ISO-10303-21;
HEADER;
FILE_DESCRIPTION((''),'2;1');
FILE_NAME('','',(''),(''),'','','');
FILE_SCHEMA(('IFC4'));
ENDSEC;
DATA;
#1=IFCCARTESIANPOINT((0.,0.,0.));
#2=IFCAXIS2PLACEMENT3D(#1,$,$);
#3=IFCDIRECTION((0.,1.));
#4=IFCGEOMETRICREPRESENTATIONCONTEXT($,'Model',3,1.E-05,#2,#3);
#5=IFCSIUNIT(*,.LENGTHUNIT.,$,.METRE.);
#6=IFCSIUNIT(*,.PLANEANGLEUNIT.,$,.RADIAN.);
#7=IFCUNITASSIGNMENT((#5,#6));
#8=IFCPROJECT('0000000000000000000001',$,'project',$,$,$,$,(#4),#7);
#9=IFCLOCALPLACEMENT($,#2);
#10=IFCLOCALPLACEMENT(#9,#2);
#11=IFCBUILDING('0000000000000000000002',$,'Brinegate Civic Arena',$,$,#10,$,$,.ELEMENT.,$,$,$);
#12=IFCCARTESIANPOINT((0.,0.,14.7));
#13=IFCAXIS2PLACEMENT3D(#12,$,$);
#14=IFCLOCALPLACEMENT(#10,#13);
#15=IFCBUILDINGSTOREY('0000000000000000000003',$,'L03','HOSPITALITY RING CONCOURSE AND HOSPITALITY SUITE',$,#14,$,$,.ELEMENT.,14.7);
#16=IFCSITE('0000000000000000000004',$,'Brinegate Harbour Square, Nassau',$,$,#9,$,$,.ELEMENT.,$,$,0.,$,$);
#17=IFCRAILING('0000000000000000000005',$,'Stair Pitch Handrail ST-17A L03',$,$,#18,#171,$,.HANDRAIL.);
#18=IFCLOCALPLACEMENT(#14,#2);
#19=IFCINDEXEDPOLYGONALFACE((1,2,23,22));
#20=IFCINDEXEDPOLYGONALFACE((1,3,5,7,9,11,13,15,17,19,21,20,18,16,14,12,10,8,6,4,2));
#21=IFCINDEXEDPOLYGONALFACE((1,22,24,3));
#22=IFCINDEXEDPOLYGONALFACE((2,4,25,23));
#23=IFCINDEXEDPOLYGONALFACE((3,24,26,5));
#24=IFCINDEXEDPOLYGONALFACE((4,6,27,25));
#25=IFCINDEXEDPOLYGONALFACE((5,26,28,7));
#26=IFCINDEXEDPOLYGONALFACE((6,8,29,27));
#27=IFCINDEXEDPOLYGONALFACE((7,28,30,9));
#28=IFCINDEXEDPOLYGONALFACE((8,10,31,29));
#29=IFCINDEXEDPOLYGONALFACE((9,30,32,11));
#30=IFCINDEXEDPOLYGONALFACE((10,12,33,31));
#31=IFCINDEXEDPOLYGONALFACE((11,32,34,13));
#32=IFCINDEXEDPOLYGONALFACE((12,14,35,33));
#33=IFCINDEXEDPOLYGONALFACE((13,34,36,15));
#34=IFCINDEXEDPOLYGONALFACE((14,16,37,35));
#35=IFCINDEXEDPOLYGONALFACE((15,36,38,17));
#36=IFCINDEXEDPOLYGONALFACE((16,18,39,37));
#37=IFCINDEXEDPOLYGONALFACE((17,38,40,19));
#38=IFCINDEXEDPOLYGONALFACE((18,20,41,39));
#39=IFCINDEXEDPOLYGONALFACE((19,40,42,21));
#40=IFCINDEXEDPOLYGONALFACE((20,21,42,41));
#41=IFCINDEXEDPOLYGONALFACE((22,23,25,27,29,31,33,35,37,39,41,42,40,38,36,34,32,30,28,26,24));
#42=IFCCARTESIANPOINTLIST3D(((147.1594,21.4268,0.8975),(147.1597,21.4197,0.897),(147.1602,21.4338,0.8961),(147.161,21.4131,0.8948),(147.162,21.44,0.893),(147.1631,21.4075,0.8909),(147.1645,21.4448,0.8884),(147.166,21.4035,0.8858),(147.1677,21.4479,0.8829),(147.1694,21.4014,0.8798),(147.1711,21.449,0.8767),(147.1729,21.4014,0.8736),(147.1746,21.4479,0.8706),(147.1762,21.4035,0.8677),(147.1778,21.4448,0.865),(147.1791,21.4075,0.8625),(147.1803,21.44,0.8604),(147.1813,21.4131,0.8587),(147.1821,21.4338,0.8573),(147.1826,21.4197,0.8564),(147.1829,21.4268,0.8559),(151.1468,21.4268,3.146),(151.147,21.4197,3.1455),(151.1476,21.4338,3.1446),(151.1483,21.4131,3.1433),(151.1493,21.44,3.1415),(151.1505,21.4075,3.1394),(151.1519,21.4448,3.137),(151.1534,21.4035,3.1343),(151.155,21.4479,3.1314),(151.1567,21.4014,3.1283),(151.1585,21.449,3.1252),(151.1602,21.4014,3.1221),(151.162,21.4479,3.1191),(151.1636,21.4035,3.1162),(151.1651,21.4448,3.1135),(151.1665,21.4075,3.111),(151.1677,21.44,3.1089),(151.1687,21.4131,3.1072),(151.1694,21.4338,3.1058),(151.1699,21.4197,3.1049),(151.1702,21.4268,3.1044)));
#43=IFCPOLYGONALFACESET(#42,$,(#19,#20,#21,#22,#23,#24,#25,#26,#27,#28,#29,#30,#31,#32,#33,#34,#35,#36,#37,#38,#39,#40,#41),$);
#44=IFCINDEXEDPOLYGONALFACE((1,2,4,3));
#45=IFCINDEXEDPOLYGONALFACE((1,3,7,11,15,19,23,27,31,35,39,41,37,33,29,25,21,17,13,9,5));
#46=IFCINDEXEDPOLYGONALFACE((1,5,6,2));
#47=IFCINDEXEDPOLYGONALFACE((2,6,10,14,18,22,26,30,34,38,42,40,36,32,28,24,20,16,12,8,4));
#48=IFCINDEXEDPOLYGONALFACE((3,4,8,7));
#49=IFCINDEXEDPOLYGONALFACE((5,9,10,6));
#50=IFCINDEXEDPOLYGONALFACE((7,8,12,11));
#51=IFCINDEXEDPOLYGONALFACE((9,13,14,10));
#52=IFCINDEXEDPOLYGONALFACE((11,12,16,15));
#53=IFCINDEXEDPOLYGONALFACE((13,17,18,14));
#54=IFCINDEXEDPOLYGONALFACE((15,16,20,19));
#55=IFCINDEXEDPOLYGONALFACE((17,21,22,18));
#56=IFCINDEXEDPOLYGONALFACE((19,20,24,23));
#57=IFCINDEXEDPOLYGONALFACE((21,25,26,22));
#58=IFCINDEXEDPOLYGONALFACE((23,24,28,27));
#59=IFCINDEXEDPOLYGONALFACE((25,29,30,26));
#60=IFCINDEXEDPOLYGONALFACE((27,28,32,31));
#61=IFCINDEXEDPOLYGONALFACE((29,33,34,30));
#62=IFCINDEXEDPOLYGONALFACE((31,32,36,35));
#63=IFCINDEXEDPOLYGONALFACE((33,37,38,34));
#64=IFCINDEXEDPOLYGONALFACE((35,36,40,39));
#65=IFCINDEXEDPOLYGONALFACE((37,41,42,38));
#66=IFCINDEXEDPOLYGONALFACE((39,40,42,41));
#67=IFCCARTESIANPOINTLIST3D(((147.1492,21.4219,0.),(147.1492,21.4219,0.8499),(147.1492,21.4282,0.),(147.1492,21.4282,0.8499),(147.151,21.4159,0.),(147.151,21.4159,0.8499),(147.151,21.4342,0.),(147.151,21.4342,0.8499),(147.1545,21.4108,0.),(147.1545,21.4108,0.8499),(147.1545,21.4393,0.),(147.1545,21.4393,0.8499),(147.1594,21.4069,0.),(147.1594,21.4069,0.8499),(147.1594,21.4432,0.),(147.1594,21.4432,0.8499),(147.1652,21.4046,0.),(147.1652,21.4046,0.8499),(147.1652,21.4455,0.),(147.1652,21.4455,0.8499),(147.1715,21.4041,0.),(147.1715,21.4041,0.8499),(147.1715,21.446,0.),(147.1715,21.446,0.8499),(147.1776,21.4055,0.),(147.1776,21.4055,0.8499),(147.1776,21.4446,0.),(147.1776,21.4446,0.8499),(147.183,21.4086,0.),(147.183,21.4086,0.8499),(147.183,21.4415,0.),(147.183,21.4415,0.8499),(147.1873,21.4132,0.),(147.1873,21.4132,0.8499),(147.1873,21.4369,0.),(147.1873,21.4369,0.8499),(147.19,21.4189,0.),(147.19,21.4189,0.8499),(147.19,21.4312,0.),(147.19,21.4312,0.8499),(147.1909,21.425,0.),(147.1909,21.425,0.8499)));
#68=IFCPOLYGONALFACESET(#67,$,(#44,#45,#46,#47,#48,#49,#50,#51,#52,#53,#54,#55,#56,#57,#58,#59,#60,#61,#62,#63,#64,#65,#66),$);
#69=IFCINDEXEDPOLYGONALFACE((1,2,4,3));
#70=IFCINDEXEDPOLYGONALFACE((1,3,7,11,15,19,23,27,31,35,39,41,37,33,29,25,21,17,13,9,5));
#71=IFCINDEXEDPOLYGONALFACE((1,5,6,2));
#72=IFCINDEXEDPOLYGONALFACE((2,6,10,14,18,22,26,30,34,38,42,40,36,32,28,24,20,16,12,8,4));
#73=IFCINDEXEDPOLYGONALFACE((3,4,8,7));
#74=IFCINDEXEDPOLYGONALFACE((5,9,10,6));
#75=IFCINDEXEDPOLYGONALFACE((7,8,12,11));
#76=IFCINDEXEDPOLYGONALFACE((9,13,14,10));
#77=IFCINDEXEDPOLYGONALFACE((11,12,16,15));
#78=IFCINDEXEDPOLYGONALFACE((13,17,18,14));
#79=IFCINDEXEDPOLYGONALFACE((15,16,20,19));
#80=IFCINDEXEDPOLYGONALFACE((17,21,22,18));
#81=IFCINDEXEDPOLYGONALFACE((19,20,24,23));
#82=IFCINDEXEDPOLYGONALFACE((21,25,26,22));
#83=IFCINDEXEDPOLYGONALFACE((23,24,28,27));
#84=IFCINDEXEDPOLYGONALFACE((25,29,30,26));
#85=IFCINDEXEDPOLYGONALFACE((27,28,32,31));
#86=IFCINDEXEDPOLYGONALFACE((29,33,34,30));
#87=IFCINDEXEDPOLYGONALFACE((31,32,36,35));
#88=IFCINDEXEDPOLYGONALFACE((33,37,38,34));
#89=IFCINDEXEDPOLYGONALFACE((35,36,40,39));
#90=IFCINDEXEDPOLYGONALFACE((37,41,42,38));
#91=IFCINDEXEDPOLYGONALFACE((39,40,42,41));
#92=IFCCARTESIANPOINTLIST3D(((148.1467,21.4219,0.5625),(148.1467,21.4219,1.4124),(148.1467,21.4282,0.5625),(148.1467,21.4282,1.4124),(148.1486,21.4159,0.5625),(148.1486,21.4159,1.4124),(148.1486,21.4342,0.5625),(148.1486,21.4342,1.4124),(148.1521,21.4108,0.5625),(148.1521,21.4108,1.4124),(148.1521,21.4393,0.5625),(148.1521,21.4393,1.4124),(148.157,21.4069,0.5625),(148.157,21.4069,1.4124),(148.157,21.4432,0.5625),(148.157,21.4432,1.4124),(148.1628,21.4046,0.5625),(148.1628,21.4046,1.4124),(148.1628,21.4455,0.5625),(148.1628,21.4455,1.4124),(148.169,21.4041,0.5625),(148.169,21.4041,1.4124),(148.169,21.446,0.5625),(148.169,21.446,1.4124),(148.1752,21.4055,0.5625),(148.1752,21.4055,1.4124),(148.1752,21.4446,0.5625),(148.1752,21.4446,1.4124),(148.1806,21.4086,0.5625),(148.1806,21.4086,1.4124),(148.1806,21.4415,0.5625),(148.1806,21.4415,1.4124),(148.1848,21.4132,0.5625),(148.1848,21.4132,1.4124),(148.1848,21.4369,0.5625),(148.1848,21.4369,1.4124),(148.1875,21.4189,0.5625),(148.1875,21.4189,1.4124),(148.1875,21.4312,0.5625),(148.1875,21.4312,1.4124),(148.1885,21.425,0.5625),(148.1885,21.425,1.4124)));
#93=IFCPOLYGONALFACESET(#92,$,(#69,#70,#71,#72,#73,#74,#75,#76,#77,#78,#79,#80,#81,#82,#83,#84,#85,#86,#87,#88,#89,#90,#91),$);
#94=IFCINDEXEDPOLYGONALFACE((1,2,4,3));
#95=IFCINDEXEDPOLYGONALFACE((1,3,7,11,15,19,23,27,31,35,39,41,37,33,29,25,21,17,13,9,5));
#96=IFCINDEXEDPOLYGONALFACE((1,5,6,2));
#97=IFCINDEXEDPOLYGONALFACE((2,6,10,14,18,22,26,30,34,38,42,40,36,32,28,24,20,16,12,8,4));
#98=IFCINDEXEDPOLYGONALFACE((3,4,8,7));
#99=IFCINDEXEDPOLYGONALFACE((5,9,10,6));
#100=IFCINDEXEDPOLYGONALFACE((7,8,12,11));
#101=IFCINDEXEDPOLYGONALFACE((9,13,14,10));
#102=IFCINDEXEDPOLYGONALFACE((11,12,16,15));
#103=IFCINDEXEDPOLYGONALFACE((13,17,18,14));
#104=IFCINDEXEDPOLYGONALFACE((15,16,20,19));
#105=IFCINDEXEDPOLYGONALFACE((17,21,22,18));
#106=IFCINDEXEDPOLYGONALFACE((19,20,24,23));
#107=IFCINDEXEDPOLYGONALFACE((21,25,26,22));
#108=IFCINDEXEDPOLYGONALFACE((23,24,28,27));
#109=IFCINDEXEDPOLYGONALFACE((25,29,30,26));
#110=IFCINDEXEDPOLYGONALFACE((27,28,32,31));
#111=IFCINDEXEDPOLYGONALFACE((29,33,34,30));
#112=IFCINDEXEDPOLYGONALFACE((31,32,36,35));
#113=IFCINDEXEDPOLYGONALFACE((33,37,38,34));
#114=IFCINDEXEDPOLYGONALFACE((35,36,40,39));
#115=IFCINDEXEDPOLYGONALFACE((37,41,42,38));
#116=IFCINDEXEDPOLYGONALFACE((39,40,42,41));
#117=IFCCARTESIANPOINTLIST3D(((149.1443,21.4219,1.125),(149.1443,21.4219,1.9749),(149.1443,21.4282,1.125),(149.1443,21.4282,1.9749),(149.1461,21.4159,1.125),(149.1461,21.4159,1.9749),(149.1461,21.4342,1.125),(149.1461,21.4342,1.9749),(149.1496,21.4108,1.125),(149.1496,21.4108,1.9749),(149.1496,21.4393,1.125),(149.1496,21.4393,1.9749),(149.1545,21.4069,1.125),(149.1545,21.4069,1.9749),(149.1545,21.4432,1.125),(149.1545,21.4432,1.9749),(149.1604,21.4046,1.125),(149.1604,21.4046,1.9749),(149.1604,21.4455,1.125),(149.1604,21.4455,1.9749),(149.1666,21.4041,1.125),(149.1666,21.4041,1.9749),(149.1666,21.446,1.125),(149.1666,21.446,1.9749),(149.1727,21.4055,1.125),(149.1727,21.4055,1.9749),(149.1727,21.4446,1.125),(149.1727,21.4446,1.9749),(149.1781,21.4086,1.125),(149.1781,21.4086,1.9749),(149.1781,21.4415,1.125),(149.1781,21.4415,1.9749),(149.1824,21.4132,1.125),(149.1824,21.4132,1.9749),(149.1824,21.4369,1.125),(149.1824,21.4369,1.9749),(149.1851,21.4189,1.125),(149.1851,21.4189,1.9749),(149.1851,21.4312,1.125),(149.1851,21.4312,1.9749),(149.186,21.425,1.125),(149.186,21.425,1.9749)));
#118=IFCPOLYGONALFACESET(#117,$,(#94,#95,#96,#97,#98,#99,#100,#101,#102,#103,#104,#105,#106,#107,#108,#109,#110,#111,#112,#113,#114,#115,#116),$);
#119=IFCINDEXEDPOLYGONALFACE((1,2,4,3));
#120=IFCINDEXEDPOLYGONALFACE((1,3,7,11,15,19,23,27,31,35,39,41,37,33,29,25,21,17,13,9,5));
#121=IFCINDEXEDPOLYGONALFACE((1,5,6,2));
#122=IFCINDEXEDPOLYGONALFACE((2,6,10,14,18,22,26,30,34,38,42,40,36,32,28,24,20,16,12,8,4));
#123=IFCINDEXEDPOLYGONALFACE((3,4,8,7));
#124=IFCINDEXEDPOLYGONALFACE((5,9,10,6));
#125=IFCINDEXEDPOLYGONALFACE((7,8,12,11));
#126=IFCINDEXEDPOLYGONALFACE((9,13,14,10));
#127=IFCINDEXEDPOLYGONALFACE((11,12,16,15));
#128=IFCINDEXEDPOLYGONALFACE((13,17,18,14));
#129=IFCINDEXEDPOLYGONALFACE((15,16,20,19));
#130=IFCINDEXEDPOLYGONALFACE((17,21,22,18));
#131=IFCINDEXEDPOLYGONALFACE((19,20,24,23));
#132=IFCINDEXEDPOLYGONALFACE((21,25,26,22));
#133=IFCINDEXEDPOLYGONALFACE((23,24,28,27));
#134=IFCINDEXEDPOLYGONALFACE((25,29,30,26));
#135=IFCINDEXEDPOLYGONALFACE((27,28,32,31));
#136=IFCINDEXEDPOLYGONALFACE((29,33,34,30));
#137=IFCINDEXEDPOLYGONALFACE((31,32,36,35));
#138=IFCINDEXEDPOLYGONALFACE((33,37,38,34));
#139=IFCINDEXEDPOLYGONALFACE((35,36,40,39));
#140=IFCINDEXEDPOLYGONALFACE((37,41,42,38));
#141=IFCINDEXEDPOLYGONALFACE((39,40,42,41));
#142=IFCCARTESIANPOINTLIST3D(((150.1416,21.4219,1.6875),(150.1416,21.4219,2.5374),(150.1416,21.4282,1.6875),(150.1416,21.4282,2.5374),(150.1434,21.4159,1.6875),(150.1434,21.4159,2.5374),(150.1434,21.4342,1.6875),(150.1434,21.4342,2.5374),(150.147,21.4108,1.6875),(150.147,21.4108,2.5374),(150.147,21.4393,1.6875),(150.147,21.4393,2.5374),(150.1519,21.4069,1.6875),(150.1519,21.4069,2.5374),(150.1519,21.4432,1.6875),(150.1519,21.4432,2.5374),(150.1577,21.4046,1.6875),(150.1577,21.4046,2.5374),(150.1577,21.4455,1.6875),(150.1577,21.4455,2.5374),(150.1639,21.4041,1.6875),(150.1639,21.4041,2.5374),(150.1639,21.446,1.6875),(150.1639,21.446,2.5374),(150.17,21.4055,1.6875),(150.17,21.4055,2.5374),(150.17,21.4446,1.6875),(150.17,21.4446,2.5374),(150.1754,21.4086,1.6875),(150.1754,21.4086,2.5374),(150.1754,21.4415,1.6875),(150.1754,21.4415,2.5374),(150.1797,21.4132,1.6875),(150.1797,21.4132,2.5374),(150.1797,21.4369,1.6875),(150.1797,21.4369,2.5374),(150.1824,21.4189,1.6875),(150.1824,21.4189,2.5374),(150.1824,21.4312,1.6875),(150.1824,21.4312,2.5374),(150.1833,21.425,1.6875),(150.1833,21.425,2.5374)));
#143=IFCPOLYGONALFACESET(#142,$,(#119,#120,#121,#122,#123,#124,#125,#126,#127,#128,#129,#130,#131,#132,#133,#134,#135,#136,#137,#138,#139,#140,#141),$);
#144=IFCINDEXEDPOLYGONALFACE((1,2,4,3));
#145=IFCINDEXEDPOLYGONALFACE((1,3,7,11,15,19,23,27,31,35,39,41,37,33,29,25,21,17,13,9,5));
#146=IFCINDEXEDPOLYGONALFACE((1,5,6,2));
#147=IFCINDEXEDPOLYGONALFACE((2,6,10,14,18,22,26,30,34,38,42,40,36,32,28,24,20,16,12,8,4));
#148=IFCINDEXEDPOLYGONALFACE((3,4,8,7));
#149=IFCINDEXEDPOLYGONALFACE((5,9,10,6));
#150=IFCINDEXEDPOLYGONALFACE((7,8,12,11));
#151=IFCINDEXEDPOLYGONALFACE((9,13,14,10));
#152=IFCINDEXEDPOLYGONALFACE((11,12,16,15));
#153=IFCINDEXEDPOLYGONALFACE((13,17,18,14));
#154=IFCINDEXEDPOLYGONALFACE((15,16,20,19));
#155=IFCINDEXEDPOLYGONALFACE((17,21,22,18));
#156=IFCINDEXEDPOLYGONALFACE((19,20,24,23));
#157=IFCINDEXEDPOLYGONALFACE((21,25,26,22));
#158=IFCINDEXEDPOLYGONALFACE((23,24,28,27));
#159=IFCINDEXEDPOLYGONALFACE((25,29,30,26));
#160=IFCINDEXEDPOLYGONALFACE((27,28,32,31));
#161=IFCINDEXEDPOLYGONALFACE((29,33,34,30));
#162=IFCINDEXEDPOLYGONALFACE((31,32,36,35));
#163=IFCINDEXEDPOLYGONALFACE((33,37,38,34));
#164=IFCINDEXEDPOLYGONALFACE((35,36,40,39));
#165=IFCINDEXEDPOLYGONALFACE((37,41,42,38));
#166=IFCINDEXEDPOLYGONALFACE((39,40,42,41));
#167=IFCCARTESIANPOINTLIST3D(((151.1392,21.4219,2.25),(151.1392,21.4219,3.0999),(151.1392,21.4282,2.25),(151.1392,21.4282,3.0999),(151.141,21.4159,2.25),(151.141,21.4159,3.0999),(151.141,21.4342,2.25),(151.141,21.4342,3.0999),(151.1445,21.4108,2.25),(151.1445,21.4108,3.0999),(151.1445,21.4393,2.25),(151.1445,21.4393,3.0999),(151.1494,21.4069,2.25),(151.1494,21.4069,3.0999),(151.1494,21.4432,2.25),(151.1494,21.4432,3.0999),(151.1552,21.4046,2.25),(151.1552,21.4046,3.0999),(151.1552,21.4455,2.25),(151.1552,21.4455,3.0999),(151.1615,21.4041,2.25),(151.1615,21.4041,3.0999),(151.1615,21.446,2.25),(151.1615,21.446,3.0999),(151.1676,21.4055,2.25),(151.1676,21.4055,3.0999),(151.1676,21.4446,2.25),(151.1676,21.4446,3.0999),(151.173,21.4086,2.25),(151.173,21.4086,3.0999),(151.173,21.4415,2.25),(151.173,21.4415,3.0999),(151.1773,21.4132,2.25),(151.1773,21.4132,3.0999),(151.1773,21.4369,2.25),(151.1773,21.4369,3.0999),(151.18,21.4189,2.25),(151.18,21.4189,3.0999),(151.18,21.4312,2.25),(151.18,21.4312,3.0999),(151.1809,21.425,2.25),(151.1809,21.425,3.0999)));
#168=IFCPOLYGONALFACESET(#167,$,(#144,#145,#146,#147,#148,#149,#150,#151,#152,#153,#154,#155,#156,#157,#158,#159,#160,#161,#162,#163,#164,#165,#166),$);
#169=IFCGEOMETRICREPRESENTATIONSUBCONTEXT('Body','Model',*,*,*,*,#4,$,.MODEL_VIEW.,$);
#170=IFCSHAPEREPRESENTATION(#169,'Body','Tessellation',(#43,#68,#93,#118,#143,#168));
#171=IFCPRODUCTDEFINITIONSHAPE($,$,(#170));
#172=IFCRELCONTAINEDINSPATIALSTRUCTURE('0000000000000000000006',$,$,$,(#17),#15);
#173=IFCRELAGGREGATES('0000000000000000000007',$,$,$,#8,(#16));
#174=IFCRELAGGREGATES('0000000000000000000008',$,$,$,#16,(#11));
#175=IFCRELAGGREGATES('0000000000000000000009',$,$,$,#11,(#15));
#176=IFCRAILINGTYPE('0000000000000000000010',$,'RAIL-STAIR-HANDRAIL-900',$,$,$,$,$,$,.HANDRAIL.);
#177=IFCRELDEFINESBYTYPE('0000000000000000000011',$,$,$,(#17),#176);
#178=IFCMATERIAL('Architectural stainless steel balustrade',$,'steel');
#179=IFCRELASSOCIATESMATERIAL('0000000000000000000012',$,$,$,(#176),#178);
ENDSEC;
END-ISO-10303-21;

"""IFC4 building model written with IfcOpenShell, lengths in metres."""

from ifc_helpers import new_model, si_unit, direction, frame, origin, origin_2d, place, context, subcontext, project, spatial, circle, extrude, material, type_object, element, save


model = new_model("IFC4")

# Units and contexts
model_context = context("Model", 3, precision=1e-05, world=origin(), true_north=direction((0.0, 1.0)))
body_context = subcontext(model_context, "Body", "Model", "MODEL_VIEW")
ifc_project = project(units=[si_unit("LENGTHUNIT", "METRE"), si_unit("PLANEANGLEUNIT", "RADIAN")], contexts=[model_context])

# Site, building, storey
site_placement = place(None, origin())
site = spatial("IfcSite", under=ifc_project, at=site_placement, Name="Brinegate Harbour Square, Nassau", CompositionType="ELEMENT", RefElevation=0.0)
building_placement = place(site_placement, origin())
building = spatial("IfcBuilding", under=site, at=building_placement, Name="Brinegate Civic Arena", CompositionType="ELEMENT")
storey_placement = place(building_placement, frame((0.0, 0.0, 14.7)))
storey = spatial("IfcBuildingStorey", under=building, at=storey_placement, Name="L03", Description="HOSPITALITY RING CONCOURSE AND HOSPITALITY SUITE", CompositionType="ELEMENT", Elevation=14.7)

# Railing
ifc_material_1 = material(Name="Architectural stainless steel balustrade", Category="steel")
railing_type_1 = type_object("IfcRailingType", Name="RAIL-STAIR-HANDRAIL-900", PredefinedType="HANDRAIL", material=ifc_material_1)
for number, where, name in (
    (1, (147.1699, 21.425, 0.0), "Stair Pitch Handrail ST-17A L03"),
):
    element("IfcRailing", number, at=place(storey_placement, frame(where)), inside=storey, type_object=railing_type_1, Name=name, PredefinedType="HANDRAIL", context=body_context, shape_type="SweptSolid", body=[
        extrude(circle(Radius=0.0239, at=origin_2d()), frame((0.0012, 0.0, 0.8767), z_axis=(0.87105, 0.0, 0.491195), x_axis=(0.0, 1.0, 0.0)), (0.0, 0.0, 1.0), 4.5776),
        extrude(circle(Radius=0.021, at=origin_2d()), origin(), (0.0, 0.0, 1.0), 0.8499),
        extrude(circle(Radius=0.021, at=origin_2d()), frame((0.9976, 0.0, 0.5625)), (0.0, 0.0, 1.0), 0.8499),
        extrude(circle(Radius=0.021, at=origin_2d()), frame((1.9951, 0.0, 1.125)), (0.0, 0.0, 1.0), 0.8499),
        extrude(circle(Radius=0.021, at=origin_2d()), frame((2.9924, 0.0, 1.6875)), (0.0, 0.0, 1.0), 0.8499),
        extrude(circle(Radius=0.021, at=origin_2d()), frame((3.99, 0.0, 2.25)), (0.0, 0.0, 1.0), 0.8499),
    ])

save(model, "model.ifc")
